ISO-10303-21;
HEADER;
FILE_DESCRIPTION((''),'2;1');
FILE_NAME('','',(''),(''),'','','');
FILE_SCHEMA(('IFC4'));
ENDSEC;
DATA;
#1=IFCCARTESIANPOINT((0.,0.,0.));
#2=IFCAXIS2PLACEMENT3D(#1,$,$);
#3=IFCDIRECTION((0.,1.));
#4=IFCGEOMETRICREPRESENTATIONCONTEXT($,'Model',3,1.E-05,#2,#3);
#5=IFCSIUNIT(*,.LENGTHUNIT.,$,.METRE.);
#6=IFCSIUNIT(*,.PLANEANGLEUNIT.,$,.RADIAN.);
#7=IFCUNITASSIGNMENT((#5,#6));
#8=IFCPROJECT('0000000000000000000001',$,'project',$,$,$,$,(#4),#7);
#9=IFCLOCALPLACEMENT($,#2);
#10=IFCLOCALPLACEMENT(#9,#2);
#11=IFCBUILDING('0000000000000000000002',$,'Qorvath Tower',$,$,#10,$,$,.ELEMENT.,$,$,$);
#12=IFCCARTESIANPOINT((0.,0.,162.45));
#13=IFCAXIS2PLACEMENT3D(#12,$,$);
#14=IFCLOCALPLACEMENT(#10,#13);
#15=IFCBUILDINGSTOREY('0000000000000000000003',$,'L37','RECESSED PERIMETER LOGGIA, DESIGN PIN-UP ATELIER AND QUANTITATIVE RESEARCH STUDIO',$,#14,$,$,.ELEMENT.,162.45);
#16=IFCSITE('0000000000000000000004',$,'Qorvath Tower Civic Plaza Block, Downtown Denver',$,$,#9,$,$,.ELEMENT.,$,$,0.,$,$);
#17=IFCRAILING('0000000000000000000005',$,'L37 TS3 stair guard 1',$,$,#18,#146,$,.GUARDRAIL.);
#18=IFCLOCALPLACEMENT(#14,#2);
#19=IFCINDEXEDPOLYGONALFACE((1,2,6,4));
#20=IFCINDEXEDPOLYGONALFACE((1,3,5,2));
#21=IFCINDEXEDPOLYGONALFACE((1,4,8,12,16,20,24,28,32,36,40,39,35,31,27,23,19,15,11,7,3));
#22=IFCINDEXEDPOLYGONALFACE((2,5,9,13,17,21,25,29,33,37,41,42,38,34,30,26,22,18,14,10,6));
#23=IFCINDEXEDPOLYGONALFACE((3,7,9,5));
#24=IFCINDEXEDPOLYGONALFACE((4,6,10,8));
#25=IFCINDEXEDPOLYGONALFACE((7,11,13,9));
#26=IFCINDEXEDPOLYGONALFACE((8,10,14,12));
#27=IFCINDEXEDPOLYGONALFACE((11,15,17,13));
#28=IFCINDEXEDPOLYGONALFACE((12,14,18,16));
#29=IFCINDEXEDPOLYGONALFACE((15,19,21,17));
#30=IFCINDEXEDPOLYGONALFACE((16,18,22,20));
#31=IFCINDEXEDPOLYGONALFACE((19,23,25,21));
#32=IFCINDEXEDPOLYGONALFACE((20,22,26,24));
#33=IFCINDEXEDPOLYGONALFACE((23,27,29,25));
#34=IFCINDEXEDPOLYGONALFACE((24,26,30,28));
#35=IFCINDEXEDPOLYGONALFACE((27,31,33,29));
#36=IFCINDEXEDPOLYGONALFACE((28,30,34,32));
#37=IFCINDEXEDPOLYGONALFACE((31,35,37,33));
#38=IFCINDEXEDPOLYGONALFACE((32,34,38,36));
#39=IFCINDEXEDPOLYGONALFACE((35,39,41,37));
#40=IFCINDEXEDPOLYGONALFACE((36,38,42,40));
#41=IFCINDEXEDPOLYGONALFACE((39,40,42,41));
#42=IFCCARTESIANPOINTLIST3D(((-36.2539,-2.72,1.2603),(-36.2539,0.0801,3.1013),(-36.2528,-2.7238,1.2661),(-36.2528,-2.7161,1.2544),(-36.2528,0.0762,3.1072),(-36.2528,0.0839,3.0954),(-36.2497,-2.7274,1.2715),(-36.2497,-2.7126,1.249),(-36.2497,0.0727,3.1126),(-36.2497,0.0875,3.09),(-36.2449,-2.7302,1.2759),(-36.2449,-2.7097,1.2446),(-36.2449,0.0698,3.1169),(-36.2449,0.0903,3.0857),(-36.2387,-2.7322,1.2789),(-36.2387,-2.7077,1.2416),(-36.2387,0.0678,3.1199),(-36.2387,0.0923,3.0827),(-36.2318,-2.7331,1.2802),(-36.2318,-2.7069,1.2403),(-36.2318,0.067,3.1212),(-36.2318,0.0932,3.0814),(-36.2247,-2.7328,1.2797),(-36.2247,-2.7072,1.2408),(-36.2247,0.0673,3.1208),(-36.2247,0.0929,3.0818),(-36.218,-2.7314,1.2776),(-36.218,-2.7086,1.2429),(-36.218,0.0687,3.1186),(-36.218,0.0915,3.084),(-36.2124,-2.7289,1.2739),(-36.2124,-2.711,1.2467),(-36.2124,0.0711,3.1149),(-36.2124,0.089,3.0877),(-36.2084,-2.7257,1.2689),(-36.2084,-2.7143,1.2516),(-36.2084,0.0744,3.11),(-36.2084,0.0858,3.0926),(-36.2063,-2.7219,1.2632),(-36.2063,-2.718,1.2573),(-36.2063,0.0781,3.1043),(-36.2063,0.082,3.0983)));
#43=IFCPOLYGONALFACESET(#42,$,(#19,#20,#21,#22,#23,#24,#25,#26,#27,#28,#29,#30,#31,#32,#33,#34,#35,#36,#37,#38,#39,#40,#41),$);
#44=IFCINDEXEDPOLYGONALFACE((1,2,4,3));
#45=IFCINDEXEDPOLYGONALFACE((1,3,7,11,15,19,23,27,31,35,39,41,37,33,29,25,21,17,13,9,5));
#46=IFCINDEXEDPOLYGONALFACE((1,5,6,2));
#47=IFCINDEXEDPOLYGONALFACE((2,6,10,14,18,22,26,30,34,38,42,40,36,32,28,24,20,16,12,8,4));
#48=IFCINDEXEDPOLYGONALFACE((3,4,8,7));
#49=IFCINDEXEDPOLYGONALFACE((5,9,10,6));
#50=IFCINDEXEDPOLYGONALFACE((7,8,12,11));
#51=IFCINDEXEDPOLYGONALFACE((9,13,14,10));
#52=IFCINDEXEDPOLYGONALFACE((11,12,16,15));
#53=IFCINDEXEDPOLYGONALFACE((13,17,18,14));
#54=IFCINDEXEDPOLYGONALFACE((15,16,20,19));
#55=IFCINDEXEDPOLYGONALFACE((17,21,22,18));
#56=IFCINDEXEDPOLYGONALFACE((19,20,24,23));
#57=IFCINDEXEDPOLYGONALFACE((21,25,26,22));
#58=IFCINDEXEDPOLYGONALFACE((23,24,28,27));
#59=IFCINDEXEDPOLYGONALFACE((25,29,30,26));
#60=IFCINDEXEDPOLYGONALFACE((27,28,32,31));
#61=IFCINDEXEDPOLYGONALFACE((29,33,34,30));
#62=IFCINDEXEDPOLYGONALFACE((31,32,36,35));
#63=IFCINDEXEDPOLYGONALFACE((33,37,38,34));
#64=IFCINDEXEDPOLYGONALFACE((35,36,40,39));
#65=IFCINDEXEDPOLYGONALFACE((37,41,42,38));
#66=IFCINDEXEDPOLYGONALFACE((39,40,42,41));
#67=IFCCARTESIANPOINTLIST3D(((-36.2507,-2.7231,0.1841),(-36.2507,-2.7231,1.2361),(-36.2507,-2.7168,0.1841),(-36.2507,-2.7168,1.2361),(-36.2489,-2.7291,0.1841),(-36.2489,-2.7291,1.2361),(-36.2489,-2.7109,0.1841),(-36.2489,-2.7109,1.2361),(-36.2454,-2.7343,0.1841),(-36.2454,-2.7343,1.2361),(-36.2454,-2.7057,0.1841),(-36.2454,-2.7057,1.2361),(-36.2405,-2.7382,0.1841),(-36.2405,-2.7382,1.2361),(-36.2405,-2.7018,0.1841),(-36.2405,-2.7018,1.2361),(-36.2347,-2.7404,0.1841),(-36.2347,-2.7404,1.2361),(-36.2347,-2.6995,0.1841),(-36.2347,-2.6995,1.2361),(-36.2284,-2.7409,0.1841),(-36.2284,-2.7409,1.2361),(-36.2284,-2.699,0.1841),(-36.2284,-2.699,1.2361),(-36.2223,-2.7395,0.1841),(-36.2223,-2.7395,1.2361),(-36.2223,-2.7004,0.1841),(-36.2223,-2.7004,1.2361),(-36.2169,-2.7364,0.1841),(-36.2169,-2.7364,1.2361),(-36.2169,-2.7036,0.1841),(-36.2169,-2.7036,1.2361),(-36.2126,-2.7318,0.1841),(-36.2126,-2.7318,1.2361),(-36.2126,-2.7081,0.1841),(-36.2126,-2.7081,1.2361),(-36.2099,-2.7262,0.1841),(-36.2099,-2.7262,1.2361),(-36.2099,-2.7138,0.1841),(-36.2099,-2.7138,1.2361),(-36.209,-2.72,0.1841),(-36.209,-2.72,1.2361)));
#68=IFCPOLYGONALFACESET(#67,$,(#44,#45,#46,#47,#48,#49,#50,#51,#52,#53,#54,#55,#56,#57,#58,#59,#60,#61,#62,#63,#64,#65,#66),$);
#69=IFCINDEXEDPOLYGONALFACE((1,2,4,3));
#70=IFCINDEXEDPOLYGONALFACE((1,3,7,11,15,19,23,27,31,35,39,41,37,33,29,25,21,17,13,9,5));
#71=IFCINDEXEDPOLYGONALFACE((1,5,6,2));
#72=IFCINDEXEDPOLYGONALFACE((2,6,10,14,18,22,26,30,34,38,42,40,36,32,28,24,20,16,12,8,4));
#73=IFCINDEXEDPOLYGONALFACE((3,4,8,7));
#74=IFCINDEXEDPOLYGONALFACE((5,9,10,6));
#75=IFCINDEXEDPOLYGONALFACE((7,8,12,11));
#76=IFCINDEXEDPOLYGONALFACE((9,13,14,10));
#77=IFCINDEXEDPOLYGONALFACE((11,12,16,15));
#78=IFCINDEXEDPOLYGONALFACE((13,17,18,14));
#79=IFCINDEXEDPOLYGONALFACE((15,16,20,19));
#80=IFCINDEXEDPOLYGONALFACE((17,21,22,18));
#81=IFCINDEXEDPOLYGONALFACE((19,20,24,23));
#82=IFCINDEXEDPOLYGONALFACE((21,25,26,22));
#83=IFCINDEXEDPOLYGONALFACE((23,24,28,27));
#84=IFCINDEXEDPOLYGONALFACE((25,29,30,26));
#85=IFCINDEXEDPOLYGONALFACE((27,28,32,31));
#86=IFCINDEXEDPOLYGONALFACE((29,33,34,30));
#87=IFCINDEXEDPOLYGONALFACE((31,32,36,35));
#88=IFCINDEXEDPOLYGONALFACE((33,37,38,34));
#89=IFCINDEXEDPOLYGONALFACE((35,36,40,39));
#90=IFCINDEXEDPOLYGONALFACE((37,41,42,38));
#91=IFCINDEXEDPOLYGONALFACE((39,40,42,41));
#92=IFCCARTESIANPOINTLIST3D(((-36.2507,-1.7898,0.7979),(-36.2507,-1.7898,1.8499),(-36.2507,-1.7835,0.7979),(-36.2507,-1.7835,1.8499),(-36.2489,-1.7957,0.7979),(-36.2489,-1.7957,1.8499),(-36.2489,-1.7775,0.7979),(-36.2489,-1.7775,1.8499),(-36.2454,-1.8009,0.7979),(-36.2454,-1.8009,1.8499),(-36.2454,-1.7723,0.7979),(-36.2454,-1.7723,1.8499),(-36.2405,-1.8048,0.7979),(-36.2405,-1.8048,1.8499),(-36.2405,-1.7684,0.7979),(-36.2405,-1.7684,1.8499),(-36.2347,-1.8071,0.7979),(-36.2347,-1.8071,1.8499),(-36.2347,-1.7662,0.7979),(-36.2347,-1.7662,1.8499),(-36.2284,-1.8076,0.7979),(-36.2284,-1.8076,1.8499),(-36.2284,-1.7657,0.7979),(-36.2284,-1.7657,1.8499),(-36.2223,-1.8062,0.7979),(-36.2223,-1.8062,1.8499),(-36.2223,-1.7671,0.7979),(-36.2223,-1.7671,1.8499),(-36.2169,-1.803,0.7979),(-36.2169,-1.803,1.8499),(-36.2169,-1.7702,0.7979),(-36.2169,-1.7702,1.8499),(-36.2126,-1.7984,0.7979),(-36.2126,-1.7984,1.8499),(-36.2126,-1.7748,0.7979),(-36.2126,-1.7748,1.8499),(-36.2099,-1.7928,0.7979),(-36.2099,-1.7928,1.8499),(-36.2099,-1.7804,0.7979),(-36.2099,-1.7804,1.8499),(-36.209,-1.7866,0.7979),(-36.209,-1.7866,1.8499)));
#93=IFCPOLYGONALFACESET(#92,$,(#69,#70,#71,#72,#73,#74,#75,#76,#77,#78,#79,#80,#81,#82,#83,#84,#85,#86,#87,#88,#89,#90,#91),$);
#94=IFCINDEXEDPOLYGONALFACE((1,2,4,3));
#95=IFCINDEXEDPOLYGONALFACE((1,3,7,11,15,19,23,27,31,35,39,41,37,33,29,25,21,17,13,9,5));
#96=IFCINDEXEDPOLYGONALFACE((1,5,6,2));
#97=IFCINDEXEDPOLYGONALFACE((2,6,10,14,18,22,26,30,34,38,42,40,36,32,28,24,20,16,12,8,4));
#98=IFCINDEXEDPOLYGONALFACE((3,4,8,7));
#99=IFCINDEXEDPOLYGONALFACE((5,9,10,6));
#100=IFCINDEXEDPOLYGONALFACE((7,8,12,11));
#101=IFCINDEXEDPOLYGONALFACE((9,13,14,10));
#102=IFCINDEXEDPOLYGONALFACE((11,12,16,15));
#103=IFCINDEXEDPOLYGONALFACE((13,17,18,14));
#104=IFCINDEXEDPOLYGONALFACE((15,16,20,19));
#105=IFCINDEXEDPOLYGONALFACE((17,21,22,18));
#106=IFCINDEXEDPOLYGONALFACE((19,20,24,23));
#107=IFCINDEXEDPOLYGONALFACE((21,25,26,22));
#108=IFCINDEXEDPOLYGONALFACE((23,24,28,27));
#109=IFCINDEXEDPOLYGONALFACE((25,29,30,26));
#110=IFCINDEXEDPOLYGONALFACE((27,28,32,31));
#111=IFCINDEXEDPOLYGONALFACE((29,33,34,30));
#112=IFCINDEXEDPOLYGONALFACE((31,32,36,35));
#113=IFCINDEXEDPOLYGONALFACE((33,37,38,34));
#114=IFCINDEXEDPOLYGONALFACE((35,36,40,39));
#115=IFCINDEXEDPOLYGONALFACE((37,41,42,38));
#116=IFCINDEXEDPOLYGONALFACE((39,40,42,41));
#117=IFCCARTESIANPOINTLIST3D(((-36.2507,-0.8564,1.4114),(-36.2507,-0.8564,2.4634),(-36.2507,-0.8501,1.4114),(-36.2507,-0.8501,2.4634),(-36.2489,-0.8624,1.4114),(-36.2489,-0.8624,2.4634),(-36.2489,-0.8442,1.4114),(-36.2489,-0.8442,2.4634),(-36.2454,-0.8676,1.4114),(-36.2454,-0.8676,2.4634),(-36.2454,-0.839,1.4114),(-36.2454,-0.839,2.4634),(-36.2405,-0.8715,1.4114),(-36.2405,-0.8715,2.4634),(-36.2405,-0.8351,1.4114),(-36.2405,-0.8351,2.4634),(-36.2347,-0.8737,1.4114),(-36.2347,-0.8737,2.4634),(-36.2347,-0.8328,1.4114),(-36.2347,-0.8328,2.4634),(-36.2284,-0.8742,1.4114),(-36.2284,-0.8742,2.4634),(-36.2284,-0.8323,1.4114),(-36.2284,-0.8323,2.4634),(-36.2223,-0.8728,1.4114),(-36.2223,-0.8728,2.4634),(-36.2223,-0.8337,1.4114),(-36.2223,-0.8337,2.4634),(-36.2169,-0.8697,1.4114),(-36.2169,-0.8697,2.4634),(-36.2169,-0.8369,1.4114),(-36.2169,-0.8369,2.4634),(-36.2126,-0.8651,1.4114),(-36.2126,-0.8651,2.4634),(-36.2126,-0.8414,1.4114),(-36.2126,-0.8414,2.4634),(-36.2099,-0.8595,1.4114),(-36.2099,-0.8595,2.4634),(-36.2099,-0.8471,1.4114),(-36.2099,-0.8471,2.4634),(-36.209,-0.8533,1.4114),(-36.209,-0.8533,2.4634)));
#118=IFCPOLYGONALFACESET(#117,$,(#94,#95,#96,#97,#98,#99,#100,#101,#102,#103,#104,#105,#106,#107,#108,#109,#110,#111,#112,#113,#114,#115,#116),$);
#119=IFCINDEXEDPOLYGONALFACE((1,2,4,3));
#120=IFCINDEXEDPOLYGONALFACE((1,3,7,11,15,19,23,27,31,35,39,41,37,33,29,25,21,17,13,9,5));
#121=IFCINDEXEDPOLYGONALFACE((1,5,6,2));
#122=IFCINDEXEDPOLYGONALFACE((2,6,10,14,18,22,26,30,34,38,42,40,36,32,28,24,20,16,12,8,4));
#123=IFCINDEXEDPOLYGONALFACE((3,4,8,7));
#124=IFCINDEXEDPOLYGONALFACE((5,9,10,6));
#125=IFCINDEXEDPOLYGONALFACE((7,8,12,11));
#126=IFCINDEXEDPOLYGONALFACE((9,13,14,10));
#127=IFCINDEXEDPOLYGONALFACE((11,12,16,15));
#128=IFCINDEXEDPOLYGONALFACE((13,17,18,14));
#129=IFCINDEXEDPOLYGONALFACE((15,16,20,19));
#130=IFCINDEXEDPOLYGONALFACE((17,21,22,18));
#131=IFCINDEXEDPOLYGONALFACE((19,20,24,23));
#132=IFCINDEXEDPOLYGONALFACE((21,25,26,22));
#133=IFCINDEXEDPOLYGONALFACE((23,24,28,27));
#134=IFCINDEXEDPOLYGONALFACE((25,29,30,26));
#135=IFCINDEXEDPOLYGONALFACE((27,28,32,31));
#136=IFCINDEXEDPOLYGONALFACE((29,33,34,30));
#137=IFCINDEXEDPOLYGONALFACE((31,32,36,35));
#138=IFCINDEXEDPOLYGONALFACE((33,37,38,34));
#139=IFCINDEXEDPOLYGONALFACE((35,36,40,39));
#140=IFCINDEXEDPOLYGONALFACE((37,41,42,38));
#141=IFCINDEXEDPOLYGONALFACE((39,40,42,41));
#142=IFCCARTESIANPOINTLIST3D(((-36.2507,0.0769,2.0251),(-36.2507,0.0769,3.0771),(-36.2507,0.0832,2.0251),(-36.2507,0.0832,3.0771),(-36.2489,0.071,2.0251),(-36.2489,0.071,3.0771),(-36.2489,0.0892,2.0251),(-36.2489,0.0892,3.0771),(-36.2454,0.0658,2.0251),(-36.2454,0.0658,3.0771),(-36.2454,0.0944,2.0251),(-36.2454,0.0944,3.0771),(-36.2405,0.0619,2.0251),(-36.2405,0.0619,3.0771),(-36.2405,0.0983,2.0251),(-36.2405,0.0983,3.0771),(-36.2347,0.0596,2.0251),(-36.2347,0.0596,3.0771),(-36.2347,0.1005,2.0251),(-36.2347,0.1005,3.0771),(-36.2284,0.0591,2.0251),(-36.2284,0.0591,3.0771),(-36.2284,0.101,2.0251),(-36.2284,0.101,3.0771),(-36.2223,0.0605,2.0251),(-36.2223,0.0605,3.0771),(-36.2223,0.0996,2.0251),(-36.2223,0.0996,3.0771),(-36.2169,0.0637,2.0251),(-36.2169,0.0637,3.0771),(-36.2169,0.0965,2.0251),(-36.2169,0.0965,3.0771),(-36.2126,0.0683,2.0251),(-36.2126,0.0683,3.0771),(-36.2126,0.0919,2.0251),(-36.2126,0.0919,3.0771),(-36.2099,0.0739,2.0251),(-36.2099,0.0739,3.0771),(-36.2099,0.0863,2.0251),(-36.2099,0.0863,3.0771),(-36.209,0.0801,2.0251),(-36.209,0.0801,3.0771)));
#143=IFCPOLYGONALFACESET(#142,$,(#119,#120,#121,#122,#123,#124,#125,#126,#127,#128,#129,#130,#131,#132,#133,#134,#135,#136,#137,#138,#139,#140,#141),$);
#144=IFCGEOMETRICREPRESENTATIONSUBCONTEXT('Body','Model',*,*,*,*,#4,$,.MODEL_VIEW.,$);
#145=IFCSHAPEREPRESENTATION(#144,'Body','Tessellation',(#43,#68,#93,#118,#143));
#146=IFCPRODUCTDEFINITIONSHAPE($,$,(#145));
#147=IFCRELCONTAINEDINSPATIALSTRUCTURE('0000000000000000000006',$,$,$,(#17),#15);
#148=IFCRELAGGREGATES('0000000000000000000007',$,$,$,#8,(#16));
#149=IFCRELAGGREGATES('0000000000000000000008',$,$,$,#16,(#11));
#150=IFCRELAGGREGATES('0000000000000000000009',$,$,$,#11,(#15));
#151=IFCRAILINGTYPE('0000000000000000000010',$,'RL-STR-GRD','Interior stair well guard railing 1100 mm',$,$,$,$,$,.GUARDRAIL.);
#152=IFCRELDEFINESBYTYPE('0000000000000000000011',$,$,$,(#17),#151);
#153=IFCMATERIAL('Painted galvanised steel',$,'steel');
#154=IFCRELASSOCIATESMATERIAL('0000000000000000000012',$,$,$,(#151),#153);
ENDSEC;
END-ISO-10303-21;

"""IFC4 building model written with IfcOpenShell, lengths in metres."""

from ifc_helpers import new_model, si_unit, direction, frame, origin, origin_2d, place, context, subcontext, project, spatial, circle, extrude, material, type_object, element, save


model = new_model("IFC4")

# Units and contexts
model_context = context("Model", 3, precision=1e-05, world=origin(), true_north=direction((0.0, 1.0)))
body_context = subcontext(model_context, "Body", "Model", "MODEL_VIEW")
ifc_project = project(units=[si_unit("LENGTHUNIT", "METRE"), si_unit("PLANEANGLEUNIT", "RADIAN")], contexts=[model_context])

# Site, building, storey
site_placement = place(None, origin())
site = spatial("IfcSite", under=ifc_project, at=site_placement, Name="Qorvath Tower Civic Plaza Block, Downtown Denver", CompositionType="ELEMENT", RefElevation=0.0)
building_placement = place(site_placement, origin())
building = spatial("IfcBuilding", under=site, at=building_placement, Name="Qorvath Tower", CompositionType="ELEMENT")
storey_placement = place(building_placement, frame((0.0, 0.0, 162.45)))
storey = spatial("IfcBuildingStorey", under=building, at=storey_placement, Name="L37", Description="RECESSED PERIMETER LOGGIA, DESIGN PIN-UP ATELIER AND QUANTITATIVE RESEARCH STUDIO", CompositionType="ELEMENT", Elevation=162.45)

# Railing
ifc_material_1 = material(Name="Painted galvanised steel", Category="steel")
railing_type_1 = type_object("IfcRailingType", Name="RL-STR-GRD", Description="Interior stair well guard railing 1100 mm", PredefinedType="GUARDRAIL", material=ifc_material_1)
railing_1_placement = place(storey_placement, frame((-36.23, -2.72, 0.1841)))
element("IfcRailing", 1, at=railing_1_placement, inside=storey, type_object=railing_type_1, Name="L37 TS3 stair guard 1", PredefinedType="GUARDRAIL", context=body_context, shape_type="SweptSolid", body=[
    extrude(circle(Radius=0.0239, at=origin_2d()), frame((0.0, 0.0, 1.0762), z_axis=(0.0, 0.835564, 0.549393), x_axis=(-1.0, 0.0, 0.0)), (0.0, 0.0, 1.0), 3.3511),
    extrude(circle(Radius=0.021, at=origin_2d()), origin(), (0.0, 0.0, 1.0), 1.052),
    extrude(circle(Radius=0.021, at=origin_2d()), frame((0.0, 0.9333, 0.6138)), (0.0, 0.0, 1.0), 1.052),
    extrude(circle(Radius=0.021, at=origin_2d()), frame((0.0, 1.8667, 1.2273)), (0.0, 0.0, 1.0), 1.052),
    extrude(circle(Radius=0.021, at=origin_2d()), frame((0.0, 2.8, 1.8411)), (0.0, 0.0, 1.0), 1.052),
])

save(model, "model.ifc")
